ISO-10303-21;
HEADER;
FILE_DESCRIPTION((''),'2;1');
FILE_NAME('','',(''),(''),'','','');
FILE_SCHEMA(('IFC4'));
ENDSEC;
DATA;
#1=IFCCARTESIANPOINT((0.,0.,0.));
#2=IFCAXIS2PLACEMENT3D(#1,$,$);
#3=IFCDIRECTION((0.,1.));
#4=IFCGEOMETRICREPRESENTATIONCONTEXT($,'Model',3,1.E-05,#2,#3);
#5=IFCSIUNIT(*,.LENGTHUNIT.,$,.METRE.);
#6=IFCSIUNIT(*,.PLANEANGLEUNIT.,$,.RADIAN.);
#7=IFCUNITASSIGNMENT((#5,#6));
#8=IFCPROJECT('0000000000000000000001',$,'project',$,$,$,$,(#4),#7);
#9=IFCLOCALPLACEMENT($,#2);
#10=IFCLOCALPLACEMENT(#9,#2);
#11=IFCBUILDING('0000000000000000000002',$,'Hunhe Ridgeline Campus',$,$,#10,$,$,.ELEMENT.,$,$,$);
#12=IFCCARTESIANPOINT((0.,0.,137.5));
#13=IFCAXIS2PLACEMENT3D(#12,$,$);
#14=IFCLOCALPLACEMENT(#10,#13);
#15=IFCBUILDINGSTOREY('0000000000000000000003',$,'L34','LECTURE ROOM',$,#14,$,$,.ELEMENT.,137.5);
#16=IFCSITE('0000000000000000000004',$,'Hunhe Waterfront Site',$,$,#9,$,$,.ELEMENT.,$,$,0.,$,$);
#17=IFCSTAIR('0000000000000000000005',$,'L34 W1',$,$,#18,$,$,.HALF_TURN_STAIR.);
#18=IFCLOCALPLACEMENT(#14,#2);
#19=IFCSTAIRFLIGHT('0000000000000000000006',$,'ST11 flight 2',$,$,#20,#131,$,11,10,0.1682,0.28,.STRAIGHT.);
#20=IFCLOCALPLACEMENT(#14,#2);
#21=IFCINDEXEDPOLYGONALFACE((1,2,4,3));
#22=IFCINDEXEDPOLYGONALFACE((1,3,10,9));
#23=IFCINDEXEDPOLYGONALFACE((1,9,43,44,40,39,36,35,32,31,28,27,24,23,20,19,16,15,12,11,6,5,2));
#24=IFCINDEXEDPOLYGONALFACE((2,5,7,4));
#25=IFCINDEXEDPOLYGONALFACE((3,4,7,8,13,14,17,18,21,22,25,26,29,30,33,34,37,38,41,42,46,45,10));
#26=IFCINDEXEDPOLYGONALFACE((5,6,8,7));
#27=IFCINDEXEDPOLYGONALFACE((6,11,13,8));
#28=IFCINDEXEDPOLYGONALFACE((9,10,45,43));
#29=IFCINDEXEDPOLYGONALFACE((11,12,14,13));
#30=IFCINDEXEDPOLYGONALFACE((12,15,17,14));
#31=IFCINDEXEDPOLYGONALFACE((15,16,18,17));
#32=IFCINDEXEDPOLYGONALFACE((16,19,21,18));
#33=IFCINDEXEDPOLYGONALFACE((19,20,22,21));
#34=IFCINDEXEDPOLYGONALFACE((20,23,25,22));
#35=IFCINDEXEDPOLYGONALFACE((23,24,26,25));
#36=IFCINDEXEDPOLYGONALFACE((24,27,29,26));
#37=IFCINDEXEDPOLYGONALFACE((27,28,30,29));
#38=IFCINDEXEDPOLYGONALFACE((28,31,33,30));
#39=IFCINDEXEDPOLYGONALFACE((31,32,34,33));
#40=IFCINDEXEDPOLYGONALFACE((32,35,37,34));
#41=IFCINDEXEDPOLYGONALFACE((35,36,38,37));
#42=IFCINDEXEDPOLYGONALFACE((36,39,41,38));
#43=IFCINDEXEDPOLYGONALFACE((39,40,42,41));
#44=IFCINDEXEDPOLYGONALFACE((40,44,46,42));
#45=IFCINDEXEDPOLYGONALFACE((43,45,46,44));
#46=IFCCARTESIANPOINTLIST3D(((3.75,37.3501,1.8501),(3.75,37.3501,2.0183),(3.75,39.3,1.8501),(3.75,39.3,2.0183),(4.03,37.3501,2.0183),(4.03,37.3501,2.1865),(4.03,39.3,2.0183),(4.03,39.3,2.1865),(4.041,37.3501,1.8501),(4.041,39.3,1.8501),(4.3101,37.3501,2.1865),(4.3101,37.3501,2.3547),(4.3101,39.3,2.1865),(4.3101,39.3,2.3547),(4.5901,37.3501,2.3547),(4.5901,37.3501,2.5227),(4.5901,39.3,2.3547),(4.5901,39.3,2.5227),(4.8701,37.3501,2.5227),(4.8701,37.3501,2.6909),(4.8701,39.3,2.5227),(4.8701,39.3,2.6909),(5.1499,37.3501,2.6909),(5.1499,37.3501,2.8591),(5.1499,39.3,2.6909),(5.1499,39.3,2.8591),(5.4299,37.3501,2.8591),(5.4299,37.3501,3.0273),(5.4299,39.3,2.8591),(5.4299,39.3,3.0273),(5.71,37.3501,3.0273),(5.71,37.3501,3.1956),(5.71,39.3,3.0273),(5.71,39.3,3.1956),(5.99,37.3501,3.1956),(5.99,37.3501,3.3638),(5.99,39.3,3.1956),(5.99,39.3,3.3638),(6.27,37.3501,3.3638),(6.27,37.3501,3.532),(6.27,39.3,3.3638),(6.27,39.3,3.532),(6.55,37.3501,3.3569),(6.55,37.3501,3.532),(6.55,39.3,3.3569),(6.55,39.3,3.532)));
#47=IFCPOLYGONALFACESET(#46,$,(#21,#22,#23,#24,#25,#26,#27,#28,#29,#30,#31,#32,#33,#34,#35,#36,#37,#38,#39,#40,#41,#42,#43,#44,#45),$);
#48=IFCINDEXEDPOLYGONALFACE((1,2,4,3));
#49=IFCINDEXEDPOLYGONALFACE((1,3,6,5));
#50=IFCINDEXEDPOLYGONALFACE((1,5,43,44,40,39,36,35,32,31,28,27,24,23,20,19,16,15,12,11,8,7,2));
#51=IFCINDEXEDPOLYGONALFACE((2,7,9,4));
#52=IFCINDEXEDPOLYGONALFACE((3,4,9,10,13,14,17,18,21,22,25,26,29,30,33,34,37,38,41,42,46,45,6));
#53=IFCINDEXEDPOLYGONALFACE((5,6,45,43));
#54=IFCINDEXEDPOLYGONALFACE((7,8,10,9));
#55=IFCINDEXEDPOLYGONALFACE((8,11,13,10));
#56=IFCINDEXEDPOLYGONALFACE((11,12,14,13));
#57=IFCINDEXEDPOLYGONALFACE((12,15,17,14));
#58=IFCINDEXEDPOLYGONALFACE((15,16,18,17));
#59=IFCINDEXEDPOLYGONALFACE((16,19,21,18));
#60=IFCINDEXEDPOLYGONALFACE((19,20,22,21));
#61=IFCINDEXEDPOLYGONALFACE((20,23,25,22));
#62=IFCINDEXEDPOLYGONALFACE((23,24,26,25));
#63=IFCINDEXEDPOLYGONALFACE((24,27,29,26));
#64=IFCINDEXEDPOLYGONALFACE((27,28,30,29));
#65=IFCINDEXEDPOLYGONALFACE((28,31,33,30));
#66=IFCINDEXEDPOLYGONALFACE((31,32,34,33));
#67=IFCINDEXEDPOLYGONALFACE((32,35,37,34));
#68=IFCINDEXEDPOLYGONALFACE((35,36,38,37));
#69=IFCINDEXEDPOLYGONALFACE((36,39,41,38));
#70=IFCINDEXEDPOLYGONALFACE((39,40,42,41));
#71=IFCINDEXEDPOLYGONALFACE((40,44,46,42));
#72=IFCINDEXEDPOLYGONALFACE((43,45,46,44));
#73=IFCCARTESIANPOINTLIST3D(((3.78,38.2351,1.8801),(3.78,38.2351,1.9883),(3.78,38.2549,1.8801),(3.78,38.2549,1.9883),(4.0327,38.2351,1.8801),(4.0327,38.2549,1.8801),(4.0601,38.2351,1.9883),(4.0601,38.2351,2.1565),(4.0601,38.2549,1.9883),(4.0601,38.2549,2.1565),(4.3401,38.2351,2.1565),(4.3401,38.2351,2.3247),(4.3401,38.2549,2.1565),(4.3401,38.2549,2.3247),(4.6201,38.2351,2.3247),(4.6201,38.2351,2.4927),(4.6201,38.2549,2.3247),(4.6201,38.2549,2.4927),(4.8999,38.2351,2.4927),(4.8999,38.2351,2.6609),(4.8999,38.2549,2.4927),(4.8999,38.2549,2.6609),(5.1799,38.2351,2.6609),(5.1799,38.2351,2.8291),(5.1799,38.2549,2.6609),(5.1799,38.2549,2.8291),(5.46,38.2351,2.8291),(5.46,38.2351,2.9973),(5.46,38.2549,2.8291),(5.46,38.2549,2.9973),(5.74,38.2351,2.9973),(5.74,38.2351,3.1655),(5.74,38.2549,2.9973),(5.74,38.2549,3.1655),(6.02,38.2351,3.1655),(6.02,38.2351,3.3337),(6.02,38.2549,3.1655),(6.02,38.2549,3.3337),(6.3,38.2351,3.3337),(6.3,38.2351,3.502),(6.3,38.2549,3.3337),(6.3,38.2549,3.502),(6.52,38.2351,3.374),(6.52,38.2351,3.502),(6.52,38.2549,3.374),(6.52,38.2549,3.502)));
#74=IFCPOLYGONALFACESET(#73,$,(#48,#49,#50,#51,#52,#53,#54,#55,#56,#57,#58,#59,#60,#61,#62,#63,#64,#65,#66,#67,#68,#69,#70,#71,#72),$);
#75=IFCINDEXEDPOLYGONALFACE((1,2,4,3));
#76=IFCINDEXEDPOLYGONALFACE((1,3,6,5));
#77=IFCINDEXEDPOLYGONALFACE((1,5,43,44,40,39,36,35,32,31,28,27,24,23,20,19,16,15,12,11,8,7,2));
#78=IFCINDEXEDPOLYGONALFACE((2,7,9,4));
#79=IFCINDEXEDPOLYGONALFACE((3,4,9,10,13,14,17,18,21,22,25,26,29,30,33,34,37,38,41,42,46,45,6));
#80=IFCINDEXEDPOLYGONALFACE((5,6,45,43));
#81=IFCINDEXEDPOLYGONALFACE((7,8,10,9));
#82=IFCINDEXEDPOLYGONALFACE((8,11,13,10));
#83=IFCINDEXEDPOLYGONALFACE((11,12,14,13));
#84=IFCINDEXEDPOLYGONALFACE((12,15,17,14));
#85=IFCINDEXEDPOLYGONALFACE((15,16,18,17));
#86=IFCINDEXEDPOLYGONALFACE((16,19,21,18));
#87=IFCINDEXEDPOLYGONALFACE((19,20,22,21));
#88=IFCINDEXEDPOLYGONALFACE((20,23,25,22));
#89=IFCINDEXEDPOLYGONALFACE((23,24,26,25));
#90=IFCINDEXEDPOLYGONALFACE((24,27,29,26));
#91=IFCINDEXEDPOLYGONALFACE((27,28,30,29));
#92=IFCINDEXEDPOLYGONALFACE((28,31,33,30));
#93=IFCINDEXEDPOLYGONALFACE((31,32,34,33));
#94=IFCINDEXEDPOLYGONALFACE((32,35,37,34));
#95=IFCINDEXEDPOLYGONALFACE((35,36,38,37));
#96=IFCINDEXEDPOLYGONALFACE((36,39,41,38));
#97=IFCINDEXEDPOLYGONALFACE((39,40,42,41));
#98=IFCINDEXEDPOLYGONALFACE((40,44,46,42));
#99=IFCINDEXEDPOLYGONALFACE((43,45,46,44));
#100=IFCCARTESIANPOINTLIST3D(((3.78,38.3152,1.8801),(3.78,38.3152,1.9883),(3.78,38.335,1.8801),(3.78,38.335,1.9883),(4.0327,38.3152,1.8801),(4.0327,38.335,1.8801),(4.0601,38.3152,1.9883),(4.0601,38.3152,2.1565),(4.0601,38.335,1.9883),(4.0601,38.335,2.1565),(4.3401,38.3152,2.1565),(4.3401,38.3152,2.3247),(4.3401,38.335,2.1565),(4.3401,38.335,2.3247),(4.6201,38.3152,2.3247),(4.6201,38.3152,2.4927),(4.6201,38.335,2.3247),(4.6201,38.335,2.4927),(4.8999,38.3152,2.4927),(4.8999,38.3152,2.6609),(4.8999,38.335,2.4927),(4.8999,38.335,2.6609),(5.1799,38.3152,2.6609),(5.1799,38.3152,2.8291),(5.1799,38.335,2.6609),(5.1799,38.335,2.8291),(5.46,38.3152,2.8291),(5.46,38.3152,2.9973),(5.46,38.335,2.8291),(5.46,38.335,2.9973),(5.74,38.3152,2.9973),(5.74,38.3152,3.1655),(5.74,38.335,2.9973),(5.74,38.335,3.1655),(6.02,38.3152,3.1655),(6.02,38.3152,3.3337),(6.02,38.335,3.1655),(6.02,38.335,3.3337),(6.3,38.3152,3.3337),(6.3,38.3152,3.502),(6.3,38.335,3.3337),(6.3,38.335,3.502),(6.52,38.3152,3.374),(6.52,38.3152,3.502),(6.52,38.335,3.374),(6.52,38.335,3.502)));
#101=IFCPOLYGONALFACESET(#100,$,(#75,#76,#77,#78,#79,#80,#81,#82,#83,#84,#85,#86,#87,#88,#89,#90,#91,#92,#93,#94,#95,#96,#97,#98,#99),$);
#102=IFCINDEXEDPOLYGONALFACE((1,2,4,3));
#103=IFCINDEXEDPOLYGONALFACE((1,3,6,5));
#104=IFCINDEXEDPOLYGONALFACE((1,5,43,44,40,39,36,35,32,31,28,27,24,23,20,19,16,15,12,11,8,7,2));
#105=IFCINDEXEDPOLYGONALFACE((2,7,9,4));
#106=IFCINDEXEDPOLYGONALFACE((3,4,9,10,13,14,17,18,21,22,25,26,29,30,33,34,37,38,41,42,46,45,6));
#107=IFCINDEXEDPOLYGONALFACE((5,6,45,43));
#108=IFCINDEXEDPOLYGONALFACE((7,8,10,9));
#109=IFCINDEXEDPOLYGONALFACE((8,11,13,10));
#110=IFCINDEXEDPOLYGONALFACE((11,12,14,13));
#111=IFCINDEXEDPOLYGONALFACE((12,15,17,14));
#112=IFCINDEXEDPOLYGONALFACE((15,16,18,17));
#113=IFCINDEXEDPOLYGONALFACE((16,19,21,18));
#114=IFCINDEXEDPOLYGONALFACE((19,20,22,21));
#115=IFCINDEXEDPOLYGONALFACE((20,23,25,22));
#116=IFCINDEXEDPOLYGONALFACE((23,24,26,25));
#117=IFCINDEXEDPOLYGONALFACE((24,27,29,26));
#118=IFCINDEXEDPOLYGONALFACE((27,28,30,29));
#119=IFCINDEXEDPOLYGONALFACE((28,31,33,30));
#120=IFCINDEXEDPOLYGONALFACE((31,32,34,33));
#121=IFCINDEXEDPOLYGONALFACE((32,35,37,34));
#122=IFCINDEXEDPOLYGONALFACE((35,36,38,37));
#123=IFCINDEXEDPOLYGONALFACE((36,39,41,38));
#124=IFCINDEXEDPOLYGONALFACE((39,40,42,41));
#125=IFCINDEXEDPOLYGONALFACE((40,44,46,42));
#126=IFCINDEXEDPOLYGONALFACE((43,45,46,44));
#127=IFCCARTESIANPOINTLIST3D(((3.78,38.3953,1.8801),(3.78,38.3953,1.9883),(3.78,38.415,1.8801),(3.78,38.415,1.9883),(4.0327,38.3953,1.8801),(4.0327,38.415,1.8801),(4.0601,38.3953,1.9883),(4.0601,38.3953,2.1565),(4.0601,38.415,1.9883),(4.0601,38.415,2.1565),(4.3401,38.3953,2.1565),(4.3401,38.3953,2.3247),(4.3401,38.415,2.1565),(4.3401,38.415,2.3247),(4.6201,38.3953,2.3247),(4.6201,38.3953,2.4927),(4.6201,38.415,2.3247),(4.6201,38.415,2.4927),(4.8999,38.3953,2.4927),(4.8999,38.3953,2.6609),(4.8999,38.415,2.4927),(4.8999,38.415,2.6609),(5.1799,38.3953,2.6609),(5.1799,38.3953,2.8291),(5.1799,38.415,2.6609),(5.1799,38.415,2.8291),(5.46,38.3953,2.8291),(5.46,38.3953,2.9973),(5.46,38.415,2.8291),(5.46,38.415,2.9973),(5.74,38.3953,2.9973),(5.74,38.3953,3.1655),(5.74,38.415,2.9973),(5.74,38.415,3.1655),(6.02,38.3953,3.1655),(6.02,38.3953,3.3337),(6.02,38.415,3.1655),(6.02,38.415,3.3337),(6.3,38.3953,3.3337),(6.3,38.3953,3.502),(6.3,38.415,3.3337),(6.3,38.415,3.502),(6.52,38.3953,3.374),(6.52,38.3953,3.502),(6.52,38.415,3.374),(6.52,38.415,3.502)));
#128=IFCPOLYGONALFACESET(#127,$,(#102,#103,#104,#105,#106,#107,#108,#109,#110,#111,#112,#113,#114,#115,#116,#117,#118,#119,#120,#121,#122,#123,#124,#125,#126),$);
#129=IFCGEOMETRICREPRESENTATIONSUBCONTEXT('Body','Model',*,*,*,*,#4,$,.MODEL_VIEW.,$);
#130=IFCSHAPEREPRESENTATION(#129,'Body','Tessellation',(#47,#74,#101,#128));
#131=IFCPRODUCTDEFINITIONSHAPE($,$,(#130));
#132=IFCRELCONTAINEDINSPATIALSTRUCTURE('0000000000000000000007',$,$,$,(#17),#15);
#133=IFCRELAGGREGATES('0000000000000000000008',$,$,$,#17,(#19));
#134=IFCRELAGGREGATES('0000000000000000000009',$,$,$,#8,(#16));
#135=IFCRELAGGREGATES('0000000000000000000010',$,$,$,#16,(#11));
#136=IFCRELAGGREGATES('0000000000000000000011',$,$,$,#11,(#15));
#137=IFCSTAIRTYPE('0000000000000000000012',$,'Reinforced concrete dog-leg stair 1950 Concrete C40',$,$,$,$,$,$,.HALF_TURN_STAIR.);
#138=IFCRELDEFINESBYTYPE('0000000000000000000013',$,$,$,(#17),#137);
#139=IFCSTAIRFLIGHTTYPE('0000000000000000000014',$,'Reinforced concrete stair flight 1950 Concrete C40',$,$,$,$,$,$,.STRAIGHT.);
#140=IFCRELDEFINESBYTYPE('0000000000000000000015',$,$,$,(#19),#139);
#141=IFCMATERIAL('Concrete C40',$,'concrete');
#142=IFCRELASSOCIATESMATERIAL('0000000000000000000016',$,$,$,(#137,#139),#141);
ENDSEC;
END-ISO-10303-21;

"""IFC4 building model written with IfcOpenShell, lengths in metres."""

from ifc_helpers import new_model, si_unit, direction, frame, origin, place, context, subcontext, project, spatial, polyline, outline, extrude, material, type_object, element, aggregate, save


model = new_model("IFC4")

# Units and contexts
model_context = context("Model", 3, precision=1e-05, world=origin(), true_north=direction((0.0, 1.0)))
body_context = subcontext(model_context, "Body", "Model", "MODEL_VIEW")
ifc_project = project(units=[si_unit("LENGTHUNIT", "METRE"), si_unit("PLANEANGLEUNIT", "RADIAN")], contexts=[model_context])

# Site, building, storey
site_placement = place(None, origin())
site = spatial("IfcSite", under=ifc_project, at=site_placement, Name="Hunhe Waterfront Site", CompositionType="ELEMENT", RefElevation=0.0)
building_placement = place(site_placement, origin())
building = spatial("IfcBuilding", under=site, at=building_placement, Name="Hunhe Ridgeline Campus", CompositionType="ELEMENT")
storey_placement = place(building_placement, frame((0.0, 0.0, 137.5)))
storey = spatial("IfcBuildingStorey", under=building, at=storey_placement, Name="L34", Description="LECTURE ROOM", CompositionType="ELEMENT", Elevation=137.5)

# Stair, stair flight
ifc_material_1 = material(Name="Concrete C40", Category="concrete")
stair_type = type_object("IfcStairType", Name="Reinforced concrete dog-leg stair 1950 Concrete C40", PredefinedType="HALF_TURN_STAIR", material=ifc_material_1)
stair_placement = place(storey_placement, origin())
stair = element("IfcStair", 1, at=stair_placement, inside=storey, type_object=stair_type, Name="L34 W1", PredefinedType="HALF_TURN_STAIR")
stair_flight_type = type_object("IfcStairFlightType", Name="Reinforced concrete stair flight 1950 Concrete C40", PredefinedType="STRAIGHT", material=ifc_material_1)
stair_flight_1_placement = place(storey_placement, frame((3.75, 38.325, 1.8501), z_axis=(0.0, 0.0, 1.0), x_axis=(1.0, 0.0, 0.0)))
stair_flight_1 = element("IfcStairFlight", 2, at=stair_flight_1_placement, type_object=stair_flight_type, Name="ST11 flight 2", NumberOfRisers=11, NumberOfTreads=10, PredefinedType="STRAIGHT", RiserHeight=0.1682, TreadLength=0.28, context=body_context, shape_type="SweptSolid", body=[
    extrude(outline(polyline([(0.0, 0.0), (0.0, 0.1682), (0.28, 0.1682), (0.28, 0.3364), (0.5601, 0.3364), (0.5601, 0.5046), (0.8401, 0.5046), (0.8401, 0.6726), (1.1201, 0.6726), (1.1201, 0.8408), (1.3999, 0.8408), (1.3999, 1.009), (1.6799, 1.009), (1.6799, 1.1772), (1.96, 1.1772), (1.96, 1.3455), (2.24, 1.3455), (2.24, 1.5137), (2.52, 1.5137), (2.52, 1.6819), (2.8, 1.6819), (2.8, 1.8501), (2.8, 1.5068), (0.291, 0.0), (0.0, 0.0)])), frame((0.0, 0.9751, 0.0), z_axis=(0.0, -1.0, 0.0), x_axis=(1.0, 0.0, 0.0)), (0.0, 0.0, 1.0), 1.95),
    extrude(outline(polyline([(0.03, 0.03), (0.03, 0.1382), (0.3101, 0.1382), (0.3101, 0.3064), (0.5901, 0.3064), (0.5901, 0.4746), (0.8701, 0.4746), (0.8701, 0.6426), (1.1499, 0.6426), (1.1499, 0.8108), (1.4299, 0.8108), (1.4299, 0.979), (1.71, 0.979), (1.71, 1.1472), (1.99, 1.1472), (1.99, 1.3154), (2.27, 1.3154), (2.27, 1.4836), (2.55, 1.4836), (2.55, 1.6519), (2.77, 1.6519), (2.77, 1.5239), (0.2827, 0.03), (0.03, 0.03)])), frame((0.0, -0.0701, 0.0), z_axis=(0.0, -1.0, 0.0), x_axis=(1.0, 0.0, 0.0)), (0.0, 0.0, 1.0), 0.0198),
    extrude(outline(polyline([(0.03, 0.03), (0.03, 0.1382), (0.3101, 0.1382), (0.3101, 0.3064), (0.5901, 0.3064), (0.5901, 0.4746), (0.8701, 0.4746), (0.8701, 0.6426), (1.1499, 0.6426), (1.1499, 0.8108), (1.4299, 0.8108), (1.4299, 0.979), (1.71, 0.979), (1.71, 1.1472), (1.99, 1.1472), (1.99, 1.3154), (2.27, 1.3154), (2.27, 1.4836), (2.55, 1.4836), (2.55, 1.6519), (2.77, 1.6519), (2.77, 1.5239), (0.2827, 0.03), (0.03, 0.03)])), frame((0.0, 0.01, 0.0), z_axis=(0.0, -1.0, 0.0), x_axis=(1.0, 0.0, 0.0)), (0.0, 0.0, 1.0), 0.0198),
    extrude(outline(polyline([(0.03, 0.03), (0.03, 0.1382), (0.3101, 0.1382), (0.3101, 0.3064), (0.5901, 0.3064), (0.5901, 0.4746), (0.8701, 0.4746), (0.8701, 0.6426), (1.1499, 0.6426), (1.1499, 0.8108), (1.4299, 0.8108), (1.4299, 0.979), (1.71, 0.979), (1.71, 1.1472), (1.99, 1.1472), (1.99, 1.3154), (2.27, 1.3154), (2.27, 1.4836), (2.55, 1.4836), (2.55, 1.6519), (2.77, 1.6519), (2.77, 1.5239), (0.2827, 0.03), (0.03, 0.03)])), frame((0.0, 0.0901, 0.0), z_axis=(0.0, -1.0, 0.0), x_axis=(1.0, 0.0, 0.0)), (0.0, 0.0, 1.0), 0.0198),
])
aggregate(stair, [stair_flight_1])

save(model, "model.ifc")
